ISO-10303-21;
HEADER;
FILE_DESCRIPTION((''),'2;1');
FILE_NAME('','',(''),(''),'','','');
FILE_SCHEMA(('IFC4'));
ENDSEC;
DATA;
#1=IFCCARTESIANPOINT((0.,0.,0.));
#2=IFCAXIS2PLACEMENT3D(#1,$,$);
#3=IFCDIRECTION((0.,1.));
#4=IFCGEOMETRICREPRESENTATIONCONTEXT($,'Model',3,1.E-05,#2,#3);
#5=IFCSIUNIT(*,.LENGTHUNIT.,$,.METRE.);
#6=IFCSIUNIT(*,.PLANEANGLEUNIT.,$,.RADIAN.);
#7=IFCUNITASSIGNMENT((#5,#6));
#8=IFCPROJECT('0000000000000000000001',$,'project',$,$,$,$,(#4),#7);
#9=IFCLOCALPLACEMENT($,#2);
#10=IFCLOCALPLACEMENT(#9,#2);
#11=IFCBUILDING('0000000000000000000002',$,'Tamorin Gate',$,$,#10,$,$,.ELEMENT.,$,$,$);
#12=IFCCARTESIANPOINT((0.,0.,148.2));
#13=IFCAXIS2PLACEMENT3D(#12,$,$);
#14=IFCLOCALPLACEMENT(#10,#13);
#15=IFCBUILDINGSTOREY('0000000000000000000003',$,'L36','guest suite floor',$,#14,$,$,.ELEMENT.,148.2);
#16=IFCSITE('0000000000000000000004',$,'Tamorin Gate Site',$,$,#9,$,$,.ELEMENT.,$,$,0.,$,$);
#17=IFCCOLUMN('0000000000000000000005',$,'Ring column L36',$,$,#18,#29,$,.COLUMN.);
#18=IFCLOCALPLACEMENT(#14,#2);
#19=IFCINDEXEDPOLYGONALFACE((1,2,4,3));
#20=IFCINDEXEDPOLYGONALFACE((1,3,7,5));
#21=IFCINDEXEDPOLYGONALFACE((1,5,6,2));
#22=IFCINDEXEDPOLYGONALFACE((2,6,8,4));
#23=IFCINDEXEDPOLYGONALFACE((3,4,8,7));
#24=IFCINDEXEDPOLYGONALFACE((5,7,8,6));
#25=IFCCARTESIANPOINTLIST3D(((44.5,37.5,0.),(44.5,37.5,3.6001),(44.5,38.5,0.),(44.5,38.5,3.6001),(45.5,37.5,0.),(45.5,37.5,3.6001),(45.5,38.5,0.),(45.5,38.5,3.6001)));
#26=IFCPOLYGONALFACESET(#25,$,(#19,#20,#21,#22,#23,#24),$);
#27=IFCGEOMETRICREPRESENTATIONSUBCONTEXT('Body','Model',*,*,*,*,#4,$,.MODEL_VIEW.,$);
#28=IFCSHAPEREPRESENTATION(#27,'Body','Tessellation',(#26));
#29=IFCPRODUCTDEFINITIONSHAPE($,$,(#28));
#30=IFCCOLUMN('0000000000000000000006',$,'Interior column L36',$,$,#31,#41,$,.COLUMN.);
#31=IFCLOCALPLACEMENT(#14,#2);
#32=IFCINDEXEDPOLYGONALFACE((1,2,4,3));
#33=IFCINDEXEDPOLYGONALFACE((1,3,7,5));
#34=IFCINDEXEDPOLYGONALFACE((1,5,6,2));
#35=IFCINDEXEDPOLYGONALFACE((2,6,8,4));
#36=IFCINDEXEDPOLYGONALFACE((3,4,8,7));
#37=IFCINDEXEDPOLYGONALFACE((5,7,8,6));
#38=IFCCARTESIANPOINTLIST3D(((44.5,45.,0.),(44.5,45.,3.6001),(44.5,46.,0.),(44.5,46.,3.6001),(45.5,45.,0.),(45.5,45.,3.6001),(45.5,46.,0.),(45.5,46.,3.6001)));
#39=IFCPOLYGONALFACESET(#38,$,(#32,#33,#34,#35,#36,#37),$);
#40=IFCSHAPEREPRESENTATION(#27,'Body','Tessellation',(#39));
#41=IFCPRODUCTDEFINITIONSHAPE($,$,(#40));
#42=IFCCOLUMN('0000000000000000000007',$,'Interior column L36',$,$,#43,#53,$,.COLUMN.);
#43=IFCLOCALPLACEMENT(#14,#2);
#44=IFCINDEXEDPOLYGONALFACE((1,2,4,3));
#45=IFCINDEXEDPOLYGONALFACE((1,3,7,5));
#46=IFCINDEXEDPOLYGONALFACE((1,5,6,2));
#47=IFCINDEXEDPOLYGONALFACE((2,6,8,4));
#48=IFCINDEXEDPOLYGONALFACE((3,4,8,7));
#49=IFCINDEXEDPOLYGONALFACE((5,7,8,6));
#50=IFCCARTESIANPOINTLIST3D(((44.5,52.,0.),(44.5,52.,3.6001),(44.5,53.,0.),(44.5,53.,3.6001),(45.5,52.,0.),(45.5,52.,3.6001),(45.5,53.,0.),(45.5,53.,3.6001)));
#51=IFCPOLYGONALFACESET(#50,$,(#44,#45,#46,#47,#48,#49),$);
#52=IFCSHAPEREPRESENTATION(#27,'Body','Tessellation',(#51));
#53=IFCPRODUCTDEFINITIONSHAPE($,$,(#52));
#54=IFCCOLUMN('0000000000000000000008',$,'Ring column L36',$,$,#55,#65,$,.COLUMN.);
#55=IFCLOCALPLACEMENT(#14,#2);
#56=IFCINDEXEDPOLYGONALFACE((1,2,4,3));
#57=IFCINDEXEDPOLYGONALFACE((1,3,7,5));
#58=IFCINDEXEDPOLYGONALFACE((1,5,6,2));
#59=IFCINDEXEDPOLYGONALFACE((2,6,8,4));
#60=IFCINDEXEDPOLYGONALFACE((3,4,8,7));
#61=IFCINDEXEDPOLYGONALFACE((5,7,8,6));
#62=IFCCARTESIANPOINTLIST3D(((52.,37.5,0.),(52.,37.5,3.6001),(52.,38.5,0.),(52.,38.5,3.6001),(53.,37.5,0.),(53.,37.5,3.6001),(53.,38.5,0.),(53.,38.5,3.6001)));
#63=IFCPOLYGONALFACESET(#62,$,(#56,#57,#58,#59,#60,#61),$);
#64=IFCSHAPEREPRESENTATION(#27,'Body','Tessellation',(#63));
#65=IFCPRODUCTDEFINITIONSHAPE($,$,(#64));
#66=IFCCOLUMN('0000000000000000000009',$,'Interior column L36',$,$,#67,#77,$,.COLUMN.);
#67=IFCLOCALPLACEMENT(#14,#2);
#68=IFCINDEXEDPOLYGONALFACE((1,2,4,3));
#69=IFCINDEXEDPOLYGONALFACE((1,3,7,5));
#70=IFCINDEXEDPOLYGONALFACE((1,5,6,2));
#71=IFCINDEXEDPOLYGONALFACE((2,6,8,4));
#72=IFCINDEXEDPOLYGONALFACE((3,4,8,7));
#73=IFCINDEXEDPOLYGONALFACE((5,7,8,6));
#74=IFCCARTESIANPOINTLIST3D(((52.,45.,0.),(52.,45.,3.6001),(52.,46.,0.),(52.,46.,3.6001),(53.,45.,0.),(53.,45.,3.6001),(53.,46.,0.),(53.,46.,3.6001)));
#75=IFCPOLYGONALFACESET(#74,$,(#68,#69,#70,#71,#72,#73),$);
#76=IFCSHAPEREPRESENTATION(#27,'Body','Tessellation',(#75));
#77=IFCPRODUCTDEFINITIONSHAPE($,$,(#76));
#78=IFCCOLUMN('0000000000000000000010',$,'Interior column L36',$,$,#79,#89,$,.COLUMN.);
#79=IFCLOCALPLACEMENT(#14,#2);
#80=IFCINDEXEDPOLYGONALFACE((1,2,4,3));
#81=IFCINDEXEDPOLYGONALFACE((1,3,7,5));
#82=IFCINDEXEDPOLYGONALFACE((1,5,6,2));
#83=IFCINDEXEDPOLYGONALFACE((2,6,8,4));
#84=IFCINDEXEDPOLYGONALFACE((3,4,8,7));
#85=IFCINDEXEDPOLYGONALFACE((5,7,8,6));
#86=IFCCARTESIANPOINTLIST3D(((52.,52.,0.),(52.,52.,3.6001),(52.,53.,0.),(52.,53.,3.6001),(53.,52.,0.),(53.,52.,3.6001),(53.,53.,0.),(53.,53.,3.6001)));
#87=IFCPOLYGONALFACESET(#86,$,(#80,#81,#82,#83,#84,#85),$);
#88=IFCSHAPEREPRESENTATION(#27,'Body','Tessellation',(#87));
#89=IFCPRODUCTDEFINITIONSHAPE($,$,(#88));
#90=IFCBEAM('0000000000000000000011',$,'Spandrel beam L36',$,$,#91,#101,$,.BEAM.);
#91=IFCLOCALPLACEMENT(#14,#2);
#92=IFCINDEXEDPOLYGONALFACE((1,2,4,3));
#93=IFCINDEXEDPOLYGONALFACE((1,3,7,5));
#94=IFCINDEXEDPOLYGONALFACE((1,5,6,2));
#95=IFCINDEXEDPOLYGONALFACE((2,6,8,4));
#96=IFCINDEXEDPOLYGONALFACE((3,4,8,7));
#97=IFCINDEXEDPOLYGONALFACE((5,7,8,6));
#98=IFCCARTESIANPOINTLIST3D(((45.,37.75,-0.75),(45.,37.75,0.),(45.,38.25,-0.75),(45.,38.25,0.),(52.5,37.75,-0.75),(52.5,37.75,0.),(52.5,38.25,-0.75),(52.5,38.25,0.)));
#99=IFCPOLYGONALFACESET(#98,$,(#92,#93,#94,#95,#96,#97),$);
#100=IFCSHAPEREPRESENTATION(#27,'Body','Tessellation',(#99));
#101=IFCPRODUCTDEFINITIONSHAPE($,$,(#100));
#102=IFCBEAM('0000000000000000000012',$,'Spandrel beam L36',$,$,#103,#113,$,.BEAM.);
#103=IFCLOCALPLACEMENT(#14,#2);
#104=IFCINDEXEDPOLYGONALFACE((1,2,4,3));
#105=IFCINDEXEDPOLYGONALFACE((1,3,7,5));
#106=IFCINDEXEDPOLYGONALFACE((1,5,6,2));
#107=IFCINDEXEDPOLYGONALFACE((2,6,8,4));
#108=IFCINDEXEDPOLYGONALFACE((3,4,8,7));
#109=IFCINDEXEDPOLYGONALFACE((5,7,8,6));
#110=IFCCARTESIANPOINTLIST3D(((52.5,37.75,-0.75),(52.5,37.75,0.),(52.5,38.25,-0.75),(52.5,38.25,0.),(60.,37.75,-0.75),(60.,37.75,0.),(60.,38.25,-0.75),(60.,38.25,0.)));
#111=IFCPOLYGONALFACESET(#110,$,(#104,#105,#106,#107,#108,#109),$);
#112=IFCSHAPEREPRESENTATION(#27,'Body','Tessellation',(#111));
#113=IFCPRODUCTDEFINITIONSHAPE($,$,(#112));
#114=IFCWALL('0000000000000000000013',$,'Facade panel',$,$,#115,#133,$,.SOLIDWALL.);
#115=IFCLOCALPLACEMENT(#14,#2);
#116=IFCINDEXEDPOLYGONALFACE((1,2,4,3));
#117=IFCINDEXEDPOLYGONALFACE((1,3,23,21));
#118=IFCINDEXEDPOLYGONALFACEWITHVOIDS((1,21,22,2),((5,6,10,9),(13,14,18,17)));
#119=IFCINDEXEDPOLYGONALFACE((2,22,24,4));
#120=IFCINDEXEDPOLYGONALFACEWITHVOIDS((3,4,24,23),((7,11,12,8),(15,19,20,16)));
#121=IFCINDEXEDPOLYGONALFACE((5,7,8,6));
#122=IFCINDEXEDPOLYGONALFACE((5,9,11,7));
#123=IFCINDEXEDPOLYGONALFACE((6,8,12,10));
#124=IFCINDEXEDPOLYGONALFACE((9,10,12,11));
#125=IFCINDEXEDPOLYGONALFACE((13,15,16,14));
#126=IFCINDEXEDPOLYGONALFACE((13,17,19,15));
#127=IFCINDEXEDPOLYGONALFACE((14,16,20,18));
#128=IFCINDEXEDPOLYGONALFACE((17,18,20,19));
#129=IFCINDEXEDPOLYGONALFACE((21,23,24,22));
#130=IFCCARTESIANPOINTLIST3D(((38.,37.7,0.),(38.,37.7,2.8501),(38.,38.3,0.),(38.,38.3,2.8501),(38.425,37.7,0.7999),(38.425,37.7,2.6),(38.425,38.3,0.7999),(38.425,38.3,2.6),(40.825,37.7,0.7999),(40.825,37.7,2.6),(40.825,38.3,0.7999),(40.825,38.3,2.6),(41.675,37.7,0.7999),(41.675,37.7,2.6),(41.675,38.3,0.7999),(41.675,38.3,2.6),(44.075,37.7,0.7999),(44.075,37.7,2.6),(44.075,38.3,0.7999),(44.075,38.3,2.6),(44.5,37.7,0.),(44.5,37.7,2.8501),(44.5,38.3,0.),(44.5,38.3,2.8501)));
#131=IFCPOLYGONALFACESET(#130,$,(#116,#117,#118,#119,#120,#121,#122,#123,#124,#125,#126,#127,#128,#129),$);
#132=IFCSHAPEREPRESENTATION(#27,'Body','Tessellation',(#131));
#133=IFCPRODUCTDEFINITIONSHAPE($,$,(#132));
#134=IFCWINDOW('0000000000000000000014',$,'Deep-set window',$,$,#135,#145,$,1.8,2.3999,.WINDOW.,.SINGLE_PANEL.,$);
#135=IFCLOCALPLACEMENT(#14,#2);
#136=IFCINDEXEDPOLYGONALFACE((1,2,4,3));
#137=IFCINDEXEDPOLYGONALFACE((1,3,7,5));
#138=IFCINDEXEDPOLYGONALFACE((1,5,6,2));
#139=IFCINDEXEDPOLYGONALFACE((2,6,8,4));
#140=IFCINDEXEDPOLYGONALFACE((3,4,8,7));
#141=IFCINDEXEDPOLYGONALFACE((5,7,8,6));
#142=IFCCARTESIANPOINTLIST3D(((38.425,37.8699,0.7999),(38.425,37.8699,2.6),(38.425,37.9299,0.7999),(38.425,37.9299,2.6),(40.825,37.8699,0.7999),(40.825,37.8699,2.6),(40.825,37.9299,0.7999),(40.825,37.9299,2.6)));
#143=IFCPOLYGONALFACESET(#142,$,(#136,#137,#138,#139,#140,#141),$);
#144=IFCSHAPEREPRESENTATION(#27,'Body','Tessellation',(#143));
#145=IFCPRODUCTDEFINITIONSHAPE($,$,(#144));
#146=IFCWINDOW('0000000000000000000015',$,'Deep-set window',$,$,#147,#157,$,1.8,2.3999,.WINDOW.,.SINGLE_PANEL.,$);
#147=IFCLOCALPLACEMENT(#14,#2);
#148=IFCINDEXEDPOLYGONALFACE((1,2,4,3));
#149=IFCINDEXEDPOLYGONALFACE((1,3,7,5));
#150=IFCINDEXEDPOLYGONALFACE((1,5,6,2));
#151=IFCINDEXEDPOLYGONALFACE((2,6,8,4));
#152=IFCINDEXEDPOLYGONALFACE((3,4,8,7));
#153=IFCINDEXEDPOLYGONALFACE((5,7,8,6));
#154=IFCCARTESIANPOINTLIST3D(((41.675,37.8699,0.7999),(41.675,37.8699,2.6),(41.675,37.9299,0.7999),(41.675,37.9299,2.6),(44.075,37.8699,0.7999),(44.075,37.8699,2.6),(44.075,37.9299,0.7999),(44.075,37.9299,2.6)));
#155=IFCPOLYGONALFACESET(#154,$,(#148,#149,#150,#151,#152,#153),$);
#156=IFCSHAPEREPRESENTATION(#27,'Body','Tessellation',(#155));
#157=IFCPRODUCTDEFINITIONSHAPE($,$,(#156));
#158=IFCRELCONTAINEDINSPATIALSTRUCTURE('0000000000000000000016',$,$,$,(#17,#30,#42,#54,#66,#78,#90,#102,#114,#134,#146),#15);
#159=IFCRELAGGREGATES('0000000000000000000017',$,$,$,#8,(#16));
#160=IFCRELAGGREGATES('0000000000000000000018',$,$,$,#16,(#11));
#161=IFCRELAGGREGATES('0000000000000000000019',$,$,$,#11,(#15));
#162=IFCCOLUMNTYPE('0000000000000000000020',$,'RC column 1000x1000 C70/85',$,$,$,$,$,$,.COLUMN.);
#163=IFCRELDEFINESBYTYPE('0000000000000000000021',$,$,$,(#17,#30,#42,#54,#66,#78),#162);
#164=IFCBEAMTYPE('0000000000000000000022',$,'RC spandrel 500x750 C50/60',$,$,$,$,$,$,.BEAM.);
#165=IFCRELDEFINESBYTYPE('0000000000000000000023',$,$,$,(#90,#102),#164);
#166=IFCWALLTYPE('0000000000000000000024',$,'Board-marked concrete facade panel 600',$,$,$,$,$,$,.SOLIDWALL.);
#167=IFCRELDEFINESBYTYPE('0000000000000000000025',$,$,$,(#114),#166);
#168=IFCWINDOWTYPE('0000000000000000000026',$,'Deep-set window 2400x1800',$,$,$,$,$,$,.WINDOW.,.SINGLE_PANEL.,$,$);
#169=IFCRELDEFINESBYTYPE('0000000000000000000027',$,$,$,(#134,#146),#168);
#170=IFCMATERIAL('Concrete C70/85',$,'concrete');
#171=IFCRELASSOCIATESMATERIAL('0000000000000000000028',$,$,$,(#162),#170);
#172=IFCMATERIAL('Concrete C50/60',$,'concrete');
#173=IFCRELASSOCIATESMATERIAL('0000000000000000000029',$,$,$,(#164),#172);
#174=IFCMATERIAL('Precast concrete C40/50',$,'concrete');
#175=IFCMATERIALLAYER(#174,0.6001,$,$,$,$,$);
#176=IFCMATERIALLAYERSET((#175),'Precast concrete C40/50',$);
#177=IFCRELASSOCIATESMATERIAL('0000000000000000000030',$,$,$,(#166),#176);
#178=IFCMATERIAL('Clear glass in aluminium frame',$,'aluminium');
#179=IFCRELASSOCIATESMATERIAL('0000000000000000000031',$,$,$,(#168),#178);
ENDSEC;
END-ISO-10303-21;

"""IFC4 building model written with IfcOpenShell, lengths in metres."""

from ifc_helpers import new_model, si_unit, direction, frame, frame_2d, origin, origin_2d, place, context, subcontext, project, spatial, rectangle, extrude, material, layer, layer_set, material_profile, profile_set, type_object, element, fill, save


model = new_model("IFC4")

# Units and contexts
model_context = context("Model", 3, precision=1e-05, world=origin(), true_north=direction((0.0, 1.0)))
body_context = subcontext(model_context, "Body", "Model", "MODEL_VIEW")
ifc_project = project(units=[si_unit("LENGTHUNIT", "METRE"), si_unit("PLANEANGLEUNIT", "RADIAN")], contexts=[model_context])

# Site, building, storey
site_placement = place(None, origin())
site = spatial("IfcSite", under=ifc_project, at=site_placement, Name="Tamorin Gate Site", CompositionType="ELEMENT", RefElevation=0.0)
building_placement = place(site_placement, origin())
building = spatial("IfcBuilding", under=site, at=building_placement, Name="Tamorin Gate", CompositionType="ELEMENT")
storey_placement = place(building_placement, frame((0.0, 0.0, 148.2)))
storey = spatial("IfcBuildingStorey", under=building, at=storey_placement, Name="L36", Description="guest suite floor", CompositionType="ELEMENT", Elevation=148.2)

# Columns
ifc_material_1 = material(Name="Concrete C70/85", Category="concrete")
ifc_material_profile_1 = material_profile(ifc_material_1, rectangle(XDim=1.0, YDim=1.0, at=origin_2d()), Name="RC 1000x1000")
ifc_profile_set_1 = profile_set([ifc_material_profile_1], Name="Concrete C70/85")
column_type = type_object("IfcColumnType", Name="RC column 1000x1000 C70/85", PredefinedType="COLUMN", material=ifc_profile_set_1)
for number, where, z_axis, x_axis, name in (
    (1, (45.0, 38.0, 0.0), (0.0, 0.0, 1.0), (1.0, 0.0, 0.0), "Ring column L36"),
    (2, (45.0, 45.5, 0.0), (0.0, 0.0, 1.0), (1.0, 0.0, 0.0), "Interior column L36"),
    (3, (45.0, 52.5, 0.0), (0.0, 0.0, 1.0), (1.0, 0.0, 0.0), "Interior column L36"),
    (4, (52.5, 38.0, 0.0), (0.0, 0.0, 1.0), (1.0, 0.0, 0.0), "Ring column L36"),
    (5, (52.5, 45.5, 0.0), (0.0, 0.0, 1.0), (1.0, 0.0, 0.0), "Interior column L36"),
    (6, (52.5, 52.5, 0.0), (0.0, 0.0, 1.0), (1.0, 0.0, 0.0), "Interior column L36"),
):
    element("IfcColumn", number, at=place(storey_placement, frame(where, z_axis=z_axis, x_axis=x_axis)), inside=storey, type_object=column_type, Name=name, PredefinedType="COLUMN", context=body_context, shape_type="SweptSolid", body=[
        extrude(rectangle(XDim=1.0, YDim=1.0, at=origin_2d()), origin(), (0.0, 0.0, 1.0), 3.6001),
    ])

# Beams
ifc_material_2 = material(Name="Concrete C50/60", Category="concrete")
ifc_material_profile_2 = material_profile(ifc_material_2, rectangle(XDim=0.5, YDim=0.75, at=origin_2d()), Name="RC 500x750")
ifc_profile_set_2 = profile_set([ifc_material_profile_2], Name="Concrete C50/60")
beam_type = type_object("IfcBeamType", Name="RC spandrel 500x750 C50/60", PredefinedType="BEAM", material=ifc_profile_set_2)
for number, where, z_axis, x_axis, name in (
    (7, (45.0, 38.0, -0.375), (1.0, 0.0, 0.0), (0.0, 1.0, 0.0), "Spandrel beam L36"),
    (8, (52.5, 38.0, -0.375), (1.0, 0.0, 0.0), (0.0, 1.0, 0.0), "Spandrel beam L36"),
):
    element("IfcBeam", number, at=place(storey_placement, frame(where, z_axis=z_axis, x_axis=x_axis)), inside=storey, type_object=beam_type, Name=name, PredefinedType="BEAM", context=body_context, shape_type="SweptSolid", body=[
        extrude(rectangle(XDim=0.5, YDim=0.75, at=origin_2d()), origin(), (0.0, 0.0, 1.0), 7.5),
    ])

# Wall, openings, windows
ifc_material_3 = material(Name="Precast concrete C40/50", Category="concrete")
ifc_layer_1 = layer(ifc_material_3, 0.6001)
ifc_layer_set_1 = layer_set([ifc_layer_1], Name="Precast concrete C40/50")
wall_type_1 = type_object("IfcWallType", Name="Board-marked concrete facade panel 600", PredefinedType="SOLIDWALL", material=ifc_layer_set_1)
wall_1_placement = place(storey_placement, frame((38.0, 38.0, 0.0), z_axis=(0.0, 0.0, 1.0), x_axis=(1.0, 0.0, 0.0)))
wall_1 = element("IfcWall", 9, at=wall_1_placement, inside=storey, type_object=wall_type_1, Name="Facade panel", PredefinedType="SOLIDWALL", context=body_context, shape_type="SweptSolid", body=[
    extrude(rectangle(XDim=6.5, YDim=0.6001, at=frame_2d((3.25, 0.0))), origin(), (0.0, 0.0, 1.0), 2.8501),
])
opening_1_placement = place(wall_1_placement, frame((0.425, 0.0, 0.8)))
opening_1 = element("IfcOpeningElement", 10, at=opening_1_placement, cuts=wall_1, PredefinedType="OPENING", context=body_context, shape_type="SweptSolid", body=[
    extrude(rectangle(XDim=2.3999, YDim=1.8, at=frame_2d((1.2, 0.8999))), frame((0.0, 0.3101, 0.0), z_axis=(0.0, -1.0, 0.0), x_axis=(1.0, 0.0, 0.0)), (0.0, 0.0, 1.0), 0.6201),
])
opening_2_placement = place(wall_1_placement, frame((3.675, 0.0, 0.8)))
opening_2 = element("IfcOpeningElement", 11, at=opening_2_placement, cuts=wall_1, PredefinedType="OPENING", context=body_context, shape_type="SweptSolid", body=[
    extrude(rectangle(XDim=2.3999, YDim=1.8, at=frame_2d((1.2, 0.8999))), frame((0.0, 0.3101, 0.0), z_axis=(0.0, -1.0, 0.0), x_axis=(1.0, 0.0, 0.0)), (0.0, 0.0, 1.0), 0.6201),
])
ifc_material_4 = material(Name="Clear glass in aluminium frame", Category="aluminium")
window_type = type_object("IfcWindowType", Name="Deep-set window 2400x1800", PartitioningType="SINGLE_PANEL", PredefinedType="WINDOW", material=ifc_material_4)
window_1_placement = place(opening_1_placement, origin())
window_1 = element("IfcWindow", 12, at=window_1_placement, inside=storey, type_object=window_type, Name="Deep-set window", OverallHeight=1.8, OverallWidth=2.3999, PartitioningType="SINGLE_PANEL", PredefinedType="WINDOW", context=body_context, shape_type="SweptSolid", body=[
    extrude(rectangle(XDim=2.3999, YDim=1.8, at=frame_2d((1.2, 0.8999))), frame((0.0, -0.0701, 0.0), z_axis=(0.0, -1.0, 0.0), x_axis=(1.0, 0.0, 0.0)), (0.0, 0.0, 1.0), 0.0601),
])
fill(opening_1, window_1)
window_2_placement = place(opening_2_placement, origin())
window_2 = element("IfcWindow", 13, at=window_2_placement, inside=storey, type_object=window_type, Name="Deep-set window", OverallHeight=1.8, OverallWidth=2.3999, PartitioningType="SINGLE_PANEL", PredefinedType="WINDOW", context=body_context, shape_type="SweptSolid", body=[
    extrude(rectangle(XDim=2.3999, YDim=1.8, at=frame_2d((1.2, 0.8999))), frame((0.0, -0.0701, 0.0), z_axis=(0.0, -1.0, 0.0), x_axis=(1.0, 0.0, 0.0)), (0.0, 0.0, 1.0), 0.0601),
])
fill(opening_2, window_2)

save(model, "model.ifc")
